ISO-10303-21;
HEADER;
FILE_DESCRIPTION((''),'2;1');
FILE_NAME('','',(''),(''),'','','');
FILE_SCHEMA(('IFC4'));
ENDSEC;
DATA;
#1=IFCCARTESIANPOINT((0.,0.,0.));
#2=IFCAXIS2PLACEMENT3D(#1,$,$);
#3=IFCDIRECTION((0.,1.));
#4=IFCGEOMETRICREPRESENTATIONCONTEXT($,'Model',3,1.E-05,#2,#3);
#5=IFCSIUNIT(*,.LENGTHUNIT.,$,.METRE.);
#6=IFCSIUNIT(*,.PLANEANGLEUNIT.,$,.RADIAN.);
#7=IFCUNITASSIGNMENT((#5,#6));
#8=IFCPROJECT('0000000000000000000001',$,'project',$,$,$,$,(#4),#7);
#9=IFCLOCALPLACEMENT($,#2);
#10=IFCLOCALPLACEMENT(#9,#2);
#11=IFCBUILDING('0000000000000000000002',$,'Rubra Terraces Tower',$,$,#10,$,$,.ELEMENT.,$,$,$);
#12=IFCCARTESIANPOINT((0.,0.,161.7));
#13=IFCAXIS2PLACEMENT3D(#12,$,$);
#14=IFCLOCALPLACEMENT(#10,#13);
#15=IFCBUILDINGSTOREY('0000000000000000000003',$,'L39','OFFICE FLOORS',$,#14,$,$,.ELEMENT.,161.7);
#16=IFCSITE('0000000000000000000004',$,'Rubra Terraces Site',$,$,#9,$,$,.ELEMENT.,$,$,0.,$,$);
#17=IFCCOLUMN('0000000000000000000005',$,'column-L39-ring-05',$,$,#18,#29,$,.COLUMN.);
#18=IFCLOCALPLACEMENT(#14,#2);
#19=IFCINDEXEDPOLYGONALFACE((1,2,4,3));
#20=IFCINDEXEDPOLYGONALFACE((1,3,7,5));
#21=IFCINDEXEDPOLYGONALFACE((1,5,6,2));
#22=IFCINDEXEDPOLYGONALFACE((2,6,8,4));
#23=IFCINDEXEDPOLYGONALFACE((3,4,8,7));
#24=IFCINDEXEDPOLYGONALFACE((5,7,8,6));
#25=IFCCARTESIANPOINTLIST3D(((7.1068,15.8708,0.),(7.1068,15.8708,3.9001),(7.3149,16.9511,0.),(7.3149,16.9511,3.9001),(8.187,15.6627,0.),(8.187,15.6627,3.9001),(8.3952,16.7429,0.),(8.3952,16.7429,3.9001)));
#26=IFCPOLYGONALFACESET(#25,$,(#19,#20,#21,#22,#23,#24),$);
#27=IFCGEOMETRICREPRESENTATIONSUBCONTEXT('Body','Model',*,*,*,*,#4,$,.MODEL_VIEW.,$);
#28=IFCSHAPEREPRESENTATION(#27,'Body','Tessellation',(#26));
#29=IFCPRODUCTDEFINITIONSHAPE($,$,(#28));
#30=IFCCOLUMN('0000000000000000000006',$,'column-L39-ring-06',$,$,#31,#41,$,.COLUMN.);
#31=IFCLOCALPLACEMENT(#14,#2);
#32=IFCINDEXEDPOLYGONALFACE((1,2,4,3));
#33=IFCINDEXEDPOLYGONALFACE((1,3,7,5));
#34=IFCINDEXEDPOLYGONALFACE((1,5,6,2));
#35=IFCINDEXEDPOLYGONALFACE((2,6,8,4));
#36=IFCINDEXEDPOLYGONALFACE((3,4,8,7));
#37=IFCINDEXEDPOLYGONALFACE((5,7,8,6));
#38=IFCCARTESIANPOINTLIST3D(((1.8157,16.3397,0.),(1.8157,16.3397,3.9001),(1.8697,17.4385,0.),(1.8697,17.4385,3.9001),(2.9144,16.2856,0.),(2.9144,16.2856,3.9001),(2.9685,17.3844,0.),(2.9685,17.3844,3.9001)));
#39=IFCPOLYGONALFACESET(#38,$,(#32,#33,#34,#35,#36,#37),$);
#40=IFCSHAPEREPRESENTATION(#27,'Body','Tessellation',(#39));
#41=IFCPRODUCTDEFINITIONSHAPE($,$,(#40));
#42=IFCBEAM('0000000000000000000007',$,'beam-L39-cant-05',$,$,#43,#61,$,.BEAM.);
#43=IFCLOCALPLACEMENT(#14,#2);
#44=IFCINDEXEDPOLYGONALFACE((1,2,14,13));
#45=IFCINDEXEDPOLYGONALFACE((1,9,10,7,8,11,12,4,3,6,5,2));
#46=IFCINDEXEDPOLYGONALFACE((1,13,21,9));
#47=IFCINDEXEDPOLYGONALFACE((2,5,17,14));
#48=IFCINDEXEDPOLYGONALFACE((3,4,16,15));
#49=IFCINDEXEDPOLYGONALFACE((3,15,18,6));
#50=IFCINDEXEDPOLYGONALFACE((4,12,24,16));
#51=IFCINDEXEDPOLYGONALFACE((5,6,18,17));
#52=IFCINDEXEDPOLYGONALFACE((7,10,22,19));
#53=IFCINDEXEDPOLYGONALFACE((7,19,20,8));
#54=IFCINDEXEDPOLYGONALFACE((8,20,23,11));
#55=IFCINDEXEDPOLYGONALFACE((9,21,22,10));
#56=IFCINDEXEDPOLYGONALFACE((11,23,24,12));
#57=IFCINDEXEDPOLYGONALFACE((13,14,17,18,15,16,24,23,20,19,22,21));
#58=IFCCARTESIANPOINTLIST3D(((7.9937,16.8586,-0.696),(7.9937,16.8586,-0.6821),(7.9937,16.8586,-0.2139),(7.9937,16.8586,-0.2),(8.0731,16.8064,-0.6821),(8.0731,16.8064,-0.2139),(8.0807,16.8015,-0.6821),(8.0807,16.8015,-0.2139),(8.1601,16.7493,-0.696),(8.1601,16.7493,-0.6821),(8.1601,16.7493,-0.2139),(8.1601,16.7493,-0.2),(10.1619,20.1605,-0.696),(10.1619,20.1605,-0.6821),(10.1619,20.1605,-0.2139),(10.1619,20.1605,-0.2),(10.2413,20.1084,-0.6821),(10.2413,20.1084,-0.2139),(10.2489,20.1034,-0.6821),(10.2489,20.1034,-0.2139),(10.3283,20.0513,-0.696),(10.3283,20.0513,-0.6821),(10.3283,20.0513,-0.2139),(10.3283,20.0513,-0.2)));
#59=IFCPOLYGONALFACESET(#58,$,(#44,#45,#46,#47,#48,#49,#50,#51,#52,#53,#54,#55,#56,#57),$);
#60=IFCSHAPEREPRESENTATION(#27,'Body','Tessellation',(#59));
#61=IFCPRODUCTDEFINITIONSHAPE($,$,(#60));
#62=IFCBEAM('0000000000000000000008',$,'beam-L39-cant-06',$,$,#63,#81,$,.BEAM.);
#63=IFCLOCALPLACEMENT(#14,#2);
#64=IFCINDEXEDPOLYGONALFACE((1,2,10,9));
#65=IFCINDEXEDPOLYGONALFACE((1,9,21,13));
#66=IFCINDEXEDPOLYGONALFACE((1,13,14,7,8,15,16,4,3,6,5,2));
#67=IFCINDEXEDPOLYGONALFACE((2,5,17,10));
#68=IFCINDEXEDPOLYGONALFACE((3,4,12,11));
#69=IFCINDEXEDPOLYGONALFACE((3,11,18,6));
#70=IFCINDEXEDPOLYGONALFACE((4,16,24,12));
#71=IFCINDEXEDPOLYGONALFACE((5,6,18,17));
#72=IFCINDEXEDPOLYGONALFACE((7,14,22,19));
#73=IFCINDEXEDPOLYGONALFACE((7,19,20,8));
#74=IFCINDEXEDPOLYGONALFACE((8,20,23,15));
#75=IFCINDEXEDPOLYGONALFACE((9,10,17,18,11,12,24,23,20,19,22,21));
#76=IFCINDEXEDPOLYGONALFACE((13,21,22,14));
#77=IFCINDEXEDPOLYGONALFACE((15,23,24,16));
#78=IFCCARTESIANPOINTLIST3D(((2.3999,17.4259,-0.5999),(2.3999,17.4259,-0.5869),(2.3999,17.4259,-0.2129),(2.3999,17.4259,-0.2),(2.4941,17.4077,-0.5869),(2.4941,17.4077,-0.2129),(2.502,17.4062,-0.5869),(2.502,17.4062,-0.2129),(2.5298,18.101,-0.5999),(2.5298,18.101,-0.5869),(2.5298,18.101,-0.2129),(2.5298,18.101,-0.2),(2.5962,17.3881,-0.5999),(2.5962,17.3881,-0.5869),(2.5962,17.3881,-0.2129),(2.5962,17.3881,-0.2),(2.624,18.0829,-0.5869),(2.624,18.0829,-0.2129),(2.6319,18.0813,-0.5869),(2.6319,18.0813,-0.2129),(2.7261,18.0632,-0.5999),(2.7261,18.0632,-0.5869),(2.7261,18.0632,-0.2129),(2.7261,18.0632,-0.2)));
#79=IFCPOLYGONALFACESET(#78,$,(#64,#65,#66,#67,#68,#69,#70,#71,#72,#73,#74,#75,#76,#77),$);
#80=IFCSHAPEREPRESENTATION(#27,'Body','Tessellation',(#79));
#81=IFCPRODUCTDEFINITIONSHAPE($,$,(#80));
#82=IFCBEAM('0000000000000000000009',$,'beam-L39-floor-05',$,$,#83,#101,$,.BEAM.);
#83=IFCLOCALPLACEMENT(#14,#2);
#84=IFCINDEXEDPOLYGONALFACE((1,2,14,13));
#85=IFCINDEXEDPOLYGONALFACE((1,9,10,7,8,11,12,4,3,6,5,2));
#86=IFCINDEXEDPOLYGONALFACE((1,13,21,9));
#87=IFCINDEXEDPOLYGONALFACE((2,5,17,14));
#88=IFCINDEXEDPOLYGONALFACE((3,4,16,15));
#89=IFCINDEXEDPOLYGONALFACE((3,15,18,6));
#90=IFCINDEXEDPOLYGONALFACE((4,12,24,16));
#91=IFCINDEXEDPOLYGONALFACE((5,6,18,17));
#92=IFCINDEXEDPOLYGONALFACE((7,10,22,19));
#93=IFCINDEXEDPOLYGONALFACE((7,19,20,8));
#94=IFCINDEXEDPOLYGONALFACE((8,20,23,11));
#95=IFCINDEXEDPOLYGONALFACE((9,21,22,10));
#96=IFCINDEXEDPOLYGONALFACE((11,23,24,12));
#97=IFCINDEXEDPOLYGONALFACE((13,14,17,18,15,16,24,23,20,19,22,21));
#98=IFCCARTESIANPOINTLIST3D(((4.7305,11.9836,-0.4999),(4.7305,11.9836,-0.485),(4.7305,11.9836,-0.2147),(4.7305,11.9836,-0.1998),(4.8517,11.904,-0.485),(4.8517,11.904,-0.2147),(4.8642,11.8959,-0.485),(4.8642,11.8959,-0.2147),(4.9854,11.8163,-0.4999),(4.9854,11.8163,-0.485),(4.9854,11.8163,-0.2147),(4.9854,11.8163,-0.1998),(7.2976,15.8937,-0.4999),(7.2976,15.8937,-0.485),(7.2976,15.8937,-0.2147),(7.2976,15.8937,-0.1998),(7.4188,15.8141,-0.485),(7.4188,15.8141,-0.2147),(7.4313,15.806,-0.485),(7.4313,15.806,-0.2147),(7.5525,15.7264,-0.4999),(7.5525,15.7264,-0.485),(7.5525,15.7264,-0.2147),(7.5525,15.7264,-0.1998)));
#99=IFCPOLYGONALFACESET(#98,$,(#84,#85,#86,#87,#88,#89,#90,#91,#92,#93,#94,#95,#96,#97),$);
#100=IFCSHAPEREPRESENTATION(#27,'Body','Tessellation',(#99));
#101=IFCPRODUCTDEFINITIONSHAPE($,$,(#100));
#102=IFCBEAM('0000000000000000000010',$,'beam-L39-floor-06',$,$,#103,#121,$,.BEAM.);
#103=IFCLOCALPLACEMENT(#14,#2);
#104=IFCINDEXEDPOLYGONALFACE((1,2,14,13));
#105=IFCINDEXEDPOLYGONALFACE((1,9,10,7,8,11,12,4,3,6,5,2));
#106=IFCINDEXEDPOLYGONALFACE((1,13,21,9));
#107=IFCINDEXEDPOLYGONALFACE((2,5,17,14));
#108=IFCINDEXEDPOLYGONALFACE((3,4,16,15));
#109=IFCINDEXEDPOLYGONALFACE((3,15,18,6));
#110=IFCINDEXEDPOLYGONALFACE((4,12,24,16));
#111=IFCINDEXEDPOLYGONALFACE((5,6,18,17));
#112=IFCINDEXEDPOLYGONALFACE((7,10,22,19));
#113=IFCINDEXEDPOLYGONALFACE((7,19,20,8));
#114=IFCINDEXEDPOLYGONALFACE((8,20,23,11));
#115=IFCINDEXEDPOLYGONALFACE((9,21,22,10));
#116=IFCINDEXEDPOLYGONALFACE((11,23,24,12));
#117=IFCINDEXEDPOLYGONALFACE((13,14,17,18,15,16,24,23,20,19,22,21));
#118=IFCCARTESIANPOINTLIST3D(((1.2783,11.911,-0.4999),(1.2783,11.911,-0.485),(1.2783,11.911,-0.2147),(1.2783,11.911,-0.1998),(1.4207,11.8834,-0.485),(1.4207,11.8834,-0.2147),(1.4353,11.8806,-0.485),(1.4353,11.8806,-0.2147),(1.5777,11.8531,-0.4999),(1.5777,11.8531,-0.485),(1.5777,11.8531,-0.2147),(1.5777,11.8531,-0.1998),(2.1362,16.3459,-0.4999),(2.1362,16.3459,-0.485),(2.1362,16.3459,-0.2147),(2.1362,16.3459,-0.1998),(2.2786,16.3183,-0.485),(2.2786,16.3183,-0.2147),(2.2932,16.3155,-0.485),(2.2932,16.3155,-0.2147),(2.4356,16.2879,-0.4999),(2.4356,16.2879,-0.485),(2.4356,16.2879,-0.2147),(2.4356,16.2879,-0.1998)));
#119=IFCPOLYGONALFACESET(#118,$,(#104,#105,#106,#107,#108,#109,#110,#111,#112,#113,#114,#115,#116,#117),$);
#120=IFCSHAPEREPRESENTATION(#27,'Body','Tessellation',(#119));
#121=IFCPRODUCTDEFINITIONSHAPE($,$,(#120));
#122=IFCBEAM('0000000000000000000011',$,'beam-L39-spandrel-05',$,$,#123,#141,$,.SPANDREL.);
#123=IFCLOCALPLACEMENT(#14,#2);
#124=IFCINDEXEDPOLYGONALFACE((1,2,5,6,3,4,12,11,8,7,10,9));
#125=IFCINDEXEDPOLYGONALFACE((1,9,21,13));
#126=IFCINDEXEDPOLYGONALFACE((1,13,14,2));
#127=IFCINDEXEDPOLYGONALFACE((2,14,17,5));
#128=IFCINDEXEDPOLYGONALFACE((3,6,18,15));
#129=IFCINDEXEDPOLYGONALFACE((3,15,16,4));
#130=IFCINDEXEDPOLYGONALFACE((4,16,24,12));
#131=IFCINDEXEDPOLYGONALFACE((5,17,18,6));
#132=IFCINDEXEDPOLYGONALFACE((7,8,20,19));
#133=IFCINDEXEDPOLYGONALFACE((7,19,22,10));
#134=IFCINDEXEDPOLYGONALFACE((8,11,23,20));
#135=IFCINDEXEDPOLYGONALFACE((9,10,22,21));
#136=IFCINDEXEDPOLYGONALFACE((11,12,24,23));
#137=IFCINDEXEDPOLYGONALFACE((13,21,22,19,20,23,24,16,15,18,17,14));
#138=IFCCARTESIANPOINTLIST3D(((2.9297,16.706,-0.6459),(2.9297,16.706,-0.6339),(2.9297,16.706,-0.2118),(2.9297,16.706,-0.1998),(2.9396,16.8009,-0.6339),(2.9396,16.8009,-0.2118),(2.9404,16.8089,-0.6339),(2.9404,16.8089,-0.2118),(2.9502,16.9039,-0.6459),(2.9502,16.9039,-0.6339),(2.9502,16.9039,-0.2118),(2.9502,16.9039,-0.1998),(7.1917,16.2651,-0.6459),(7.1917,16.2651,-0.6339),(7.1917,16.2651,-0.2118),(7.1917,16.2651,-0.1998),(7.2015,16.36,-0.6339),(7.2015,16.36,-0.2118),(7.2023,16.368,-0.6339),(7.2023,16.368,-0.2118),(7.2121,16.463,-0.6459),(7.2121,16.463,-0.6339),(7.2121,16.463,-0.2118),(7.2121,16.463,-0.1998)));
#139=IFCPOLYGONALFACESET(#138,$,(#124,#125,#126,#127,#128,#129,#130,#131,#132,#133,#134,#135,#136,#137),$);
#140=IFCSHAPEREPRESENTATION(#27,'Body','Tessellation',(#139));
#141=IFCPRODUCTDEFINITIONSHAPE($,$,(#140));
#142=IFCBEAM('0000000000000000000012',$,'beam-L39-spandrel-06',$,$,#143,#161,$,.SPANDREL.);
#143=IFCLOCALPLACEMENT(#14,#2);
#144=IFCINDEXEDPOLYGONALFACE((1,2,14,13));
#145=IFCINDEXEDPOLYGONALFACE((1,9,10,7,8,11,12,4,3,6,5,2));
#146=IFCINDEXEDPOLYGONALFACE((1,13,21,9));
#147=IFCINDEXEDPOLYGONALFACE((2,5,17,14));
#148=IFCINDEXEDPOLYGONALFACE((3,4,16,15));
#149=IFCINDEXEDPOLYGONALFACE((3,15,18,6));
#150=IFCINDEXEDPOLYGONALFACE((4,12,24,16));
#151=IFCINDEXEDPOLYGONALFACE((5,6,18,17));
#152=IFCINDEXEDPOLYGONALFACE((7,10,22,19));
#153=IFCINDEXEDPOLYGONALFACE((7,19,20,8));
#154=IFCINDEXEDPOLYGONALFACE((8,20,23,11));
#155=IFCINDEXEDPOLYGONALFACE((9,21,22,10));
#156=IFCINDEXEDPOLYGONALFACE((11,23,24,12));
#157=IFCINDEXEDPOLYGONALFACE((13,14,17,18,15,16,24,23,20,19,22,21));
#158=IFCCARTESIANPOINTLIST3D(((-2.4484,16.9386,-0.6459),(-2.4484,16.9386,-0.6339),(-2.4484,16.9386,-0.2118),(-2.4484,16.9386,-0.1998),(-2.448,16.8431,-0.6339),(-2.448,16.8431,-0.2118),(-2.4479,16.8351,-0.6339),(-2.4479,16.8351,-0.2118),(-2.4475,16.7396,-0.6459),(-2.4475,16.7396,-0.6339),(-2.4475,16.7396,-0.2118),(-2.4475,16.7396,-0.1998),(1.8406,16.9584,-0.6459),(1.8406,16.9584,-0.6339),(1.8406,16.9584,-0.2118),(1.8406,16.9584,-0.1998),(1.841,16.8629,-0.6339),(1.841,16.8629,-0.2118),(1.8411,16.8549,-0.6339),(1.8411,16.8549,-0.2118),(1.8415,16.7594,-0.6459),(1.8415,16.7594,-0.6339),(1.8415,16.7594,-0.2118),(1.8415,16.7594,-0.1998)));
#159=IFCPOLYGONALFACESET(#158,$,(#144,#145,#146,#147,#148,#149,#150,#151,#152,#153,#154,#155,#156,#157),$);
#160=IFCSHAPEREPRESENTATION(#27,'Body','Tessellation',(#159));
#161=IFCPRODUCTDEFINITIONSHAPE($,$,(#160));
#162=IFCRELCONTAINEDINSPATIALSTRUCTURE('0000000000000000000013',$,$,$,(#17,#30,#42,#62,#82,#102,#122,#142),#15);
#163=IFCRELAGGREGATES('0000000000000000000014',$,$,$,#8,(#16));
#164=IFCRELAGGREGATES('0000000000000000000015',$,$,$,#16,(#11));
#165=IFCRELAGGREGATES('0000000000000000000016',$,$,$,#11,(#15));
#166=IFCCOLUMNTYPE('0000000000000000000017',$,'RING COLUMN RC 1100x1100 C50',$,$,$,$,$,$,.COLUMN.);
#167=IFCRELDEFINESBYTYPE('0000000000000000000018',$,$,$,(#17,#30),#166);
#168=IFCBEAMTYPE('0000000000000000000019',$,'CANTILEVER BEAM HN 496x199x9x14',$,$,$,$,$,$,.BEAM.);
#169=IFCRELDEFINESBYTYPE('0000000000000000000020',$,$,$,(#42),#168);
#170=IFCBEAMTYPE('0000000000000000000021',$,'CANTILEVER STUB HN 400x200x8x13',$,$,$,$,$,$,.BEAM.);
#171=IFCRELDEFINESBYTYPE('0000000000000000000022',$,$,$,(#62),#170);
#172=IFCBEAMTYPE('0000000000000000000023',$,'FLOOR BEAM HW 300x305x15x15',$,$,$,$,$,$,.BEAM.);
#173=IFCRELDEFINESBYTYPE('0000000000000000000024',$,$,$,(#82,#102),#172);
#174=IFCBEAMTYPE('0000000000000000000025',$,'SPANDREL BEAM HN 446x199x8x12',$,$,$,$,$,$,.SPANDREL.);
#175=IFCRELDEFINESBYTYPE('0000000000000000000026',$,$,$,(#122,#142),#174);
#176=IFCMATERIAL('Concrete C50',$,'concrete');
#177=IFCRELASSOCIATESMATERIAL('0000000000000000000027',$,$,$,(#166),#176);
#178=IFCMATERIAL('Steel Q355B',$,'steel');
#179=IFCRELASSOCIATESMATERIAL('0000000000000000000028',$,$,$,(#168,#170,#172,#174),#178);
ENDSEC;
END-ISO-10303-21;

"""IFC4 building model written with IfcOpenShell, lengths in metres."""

from ifc_helpers import new_model, si_unit, direction, frame, origin, origin_2d, place, context, subcontext, project, spatial, rectangle, i_section, extrude, material, material_profile, profile_set, type_object, element, save


model = new_model("IFC4")

# Units and contexts
model_context = context("Model", 3, precision=1e-05, world=origin(), true_north=direction((0.0, 1.0)))
body_context = subcontext(model_context, "Body", "Model", "MODEL_VIEW")
ifc_project = project(units=[si_unit("LENGTHUNIT", "METRE"), si_unit("PLANEANGLEUNIT", "RADIAN")], contexts=[model_context])

# Site, building, storey
site_placement = place(None, origin())
site = spatial("IfcSite", under=ifc_project, at=site_placement, Name="Rubra Terraces Site", CompositionType="ELEMENT", RefElevation=0.0)
building_placement = place(site_placement, origin())
building = spatial("IfcBuilding", under=site, at=building_placement, Name="Rubra Terraces Tower", CompositionType="ELEMENT")
storey_placement = place(building_placement, frame((0.0, 0.0, 161.7)))
storey = spatial("IfcBuildingStorey", under=building, at=storey_placement, Name="L39", Description="OFFICE FLOORS", CompositionType="ELEMENT", Elevation=161.7)

# Columns
ifc_material_1 = material(Name="Concrete C50", Category="concrete")
ifc_material_profile_1 = material_profile(ifc_material_1, rectangle(XDim=1.1001, YDim=1.1001, at=origin_2d()), Name="RC 1100x1100")
ifc_profile_set_1 = profile_set([ifc_material_profile_1], Name="Concrete C50")
column_type = type_object("IfcColumnType", Name="RING COLUMN RC 1100x1100 C50", PredefinedType="COLUMN", material=ifc_profile_set_1)
for number, where, z_axis, x_axis, name in (
    (1, (7.751, 16.3069, 0.0), (0.0, 0.0, 1.0), (-0.981937, 0.18921, 0.0), "column-L39-ring-05"),
    (2, (2.3921, 16.8621, 0.0), (0.0, 0.0, 1.0), (-0.998791, 0.04915, 0.0), "column-L39-ring-06"),
):
    element("IfcColumn", number, at=place(storey_placement, frame(where, z_axis=z_axis, x_axis=x_axis)), inside=storey, type_object=column_type, Name=name, PredefinedType="COLUMN", context=body_context, shape_type="SweptSolid", body=[
        extrude(rectangle(XDim=1.1001, YDim=1.1001, at=origin_2d()), origin(), (0.0, 0.0, 1.0), 3.9001),
    ])

# Beams
ifc_material_2 = material(Name="Steel Q355B", Category="steel")
ifc_material_profile_2 = material_profile(ifc_material_2, i_section(OverallWidth=0.199, OverallDepth=0.4961, WebThickness=0.009, FlangeThickness=0.0139, at=origin_2d()), Name="HN 496x199x9x14")
ifc_profile_set_2 = profile_set([ifc_material_profile_2], Name="Steel Q355B")
beam_type_1 = type_object("IfcBeamType", Name="CANTILEVER BEAM HN 496x199x9x14", PredefinedType="BEAM", material=ifc_profile_set_2)
beam_1_placement = place(storey_placement, frame((8.0769, 16.804, -0.448), z_axis=(0.548882, 0.8359, 0.0), x_axis=(-0.8359, 0.548882, 0.0)))
element("IfcBeam", 3, at=beam_1_placement, inside=storey, type_object=beam_type_1, Name="beam-L39-cant-05", PredefinedType="BEAM", context=body_context, shape_type="SweptSolid", body=[
    extrude(i_section(OverallWidth=0.199, OverallDepth=0.4961, WebThickness=0.009, FlangeThickness=0.0139, at=origin_2d()), origin(), (0.0, 0.0, 1.0), 3.9502),
])
ifc_material_profile_3 = material_profile(ifc_material_2, i_section(OverallWidth=0.2, OverallDepth=0.3999, WebThickness=0.0081, FlangeThickness=0.0129, at=origin_2d()), Name="HN 400x200x8x13")
ifc_profile_set_3 = profile_set([ifc_material_profile_3], Name="Steel Q355B")
beam_type_2 = type_object("IfcBeamType", Name="CANTILEVER STUB HN 400x200x8x13", PredefinedType="BEAM", material=ifc_profile_set_3)
beam_2_placement = place(storey_placement, frame((2.498, 17.407, -0.3999), z_axis=(0.18894, 0.981989, 0.0), x_axis=(-0.981989, 0.18894, 0.0)))
element("IfcBeam", 4, at=beam_2_placement, inside=storey, type_object=beam_type_2, Name="beam-L39-cant-06", PredefinedType="BEAM", context=body_context, shape_type="SweptSolid", body=[
    extrude(i_section(OverallWidth=0.2, OverallDepth=0.3999, WebThickness=0.0081, FlangeThickness=0.0129, at=origin_2d()), origin(), (0.0, 0.0, 1.0), 0.6875),
])
ifc_material_profile_4 = material_profile(ifc_material_2, i_section(OverallWidth=0.3049, OverallDepth=0.3, WebThickness=0.0149, FlangeThickness=0.0149, at=origin_2d()), Name="HW 300x305x15x15")
ifc_profile_set_4 = profile_set([ifc_material_profile_4], Name="Steel Q355B")
beam_type_3 = type_object("IfcBeamType", Name="FLOOR BEAM HW 300x305x15x15", PredefinedType="BEAM", material=ifc_profile_set_4)
beam_3_placement = place(storey_placement, frame((7.425, 15.8101, -0.3499), z_axis=(-0.548821, -0.83594, 0.0), x_axis=(0.83594, -0.548821, 0.0)))
element("IfcBeam", 5, at=beam_3_placement, inside=storey, type_object=beam_type_3, Name="beam-L39-floor-05", PredefinedType="BEAM", context=body_context, shape_type="SweptSolid", body=[
    extrude(i_section(OverallWidth=0.3049, OverallDepth=0.3, WebThickness=0.0149, FlangeThickness=0.0149, at=origin_2d()), origin(), (0.0, 0.0, 1.0), 4.6775),
])
beam_4_placement = place(storey_placement, frame((2.2859, 16.3169, -0.3499), z_axis=(-0.189928, -0.981798, 0.0), x_axis=(0.981798, -0.189928, 0.0)))
element("IfcBeam", 6, at=beam_4_placement, inside=storey, type_object=beam_type_3, Name="beam-L39-floor-06", PredefinedType="BEAM", context=body_context, shape_type="SweptSolid", body=[
    extrude(i_section(OverallWidth=0.3049, OverallDepth=0.3, WebThickness=0.0149, FlangeThickness=0.0149, at=origin_2d()), origin(), (0.0, 0.0, 1.0), 4.5171),
])
ifc_material_profile_5 = material_profile(ifc_material_2, i_section(OverallWidth=0.199, OverallDepth=0.446, WebThickness=0.0081, FlangeThickness=0.012, at=origin_2d()), Name="HN 446x199x8x12")
ifc_profile_set_5 = profile_set([ifc_material_profile_5], Name="Steel Q355B")
beam_type_4 = type_object("IfcBeamType", Name="SPANDREL BEAM HN 446x199x8x12", PredefinedType="SPANDREL", material=ifc_profile_set_5)
beam_5_placement = place(storey_placement, frame((7.2019, 16.364, -0.4229), z_axis=(-0.994691, 0.102905, 0.0), x_axis=(-0.102905, -0.994691, 0.0)))
element("IfcBeam", 7, at=beam_5_placement, inside=storey, type_object=beam_type_4, Name="beam-L39-spandrel-05", PredefinedType="SPANDREL", context=body_context, shape_type="SweptSolid", body=[
    extrude(i_section(OverallWidth=0.199, OverallDepth=0.446, WebThickness=0.0081, FlangeThickness=0.012, at=origin_2d()), origin(), (0.0, 0.0, 1.0), 4.2847),
])
beam_6_placement = place(storey_placement, frame((1.8411, 16.8589, -0.4229), z_axis=(-0.999989, -0.004611, 0.0), x_axis=(0.004611, -0.999989, 0.0)))
element("IfcBeam", 8, at=beam_6_placement, inside=storey, type_object=beam_type_4, Name="beam-L39-spandrel-06", PredefinedType="SPANDREL", context=body_context, shape_type="SweptSolid", body=[
    extrude(i_section(OverallWidth=0.199, OverallDepth=0.446, WebThickness=0.0081, FlangeThickness=0.012, at=origin_2d()), origin(), (0.0, 0.0, 1.0), 4.2891),
])

save(model, "model.ifc")
